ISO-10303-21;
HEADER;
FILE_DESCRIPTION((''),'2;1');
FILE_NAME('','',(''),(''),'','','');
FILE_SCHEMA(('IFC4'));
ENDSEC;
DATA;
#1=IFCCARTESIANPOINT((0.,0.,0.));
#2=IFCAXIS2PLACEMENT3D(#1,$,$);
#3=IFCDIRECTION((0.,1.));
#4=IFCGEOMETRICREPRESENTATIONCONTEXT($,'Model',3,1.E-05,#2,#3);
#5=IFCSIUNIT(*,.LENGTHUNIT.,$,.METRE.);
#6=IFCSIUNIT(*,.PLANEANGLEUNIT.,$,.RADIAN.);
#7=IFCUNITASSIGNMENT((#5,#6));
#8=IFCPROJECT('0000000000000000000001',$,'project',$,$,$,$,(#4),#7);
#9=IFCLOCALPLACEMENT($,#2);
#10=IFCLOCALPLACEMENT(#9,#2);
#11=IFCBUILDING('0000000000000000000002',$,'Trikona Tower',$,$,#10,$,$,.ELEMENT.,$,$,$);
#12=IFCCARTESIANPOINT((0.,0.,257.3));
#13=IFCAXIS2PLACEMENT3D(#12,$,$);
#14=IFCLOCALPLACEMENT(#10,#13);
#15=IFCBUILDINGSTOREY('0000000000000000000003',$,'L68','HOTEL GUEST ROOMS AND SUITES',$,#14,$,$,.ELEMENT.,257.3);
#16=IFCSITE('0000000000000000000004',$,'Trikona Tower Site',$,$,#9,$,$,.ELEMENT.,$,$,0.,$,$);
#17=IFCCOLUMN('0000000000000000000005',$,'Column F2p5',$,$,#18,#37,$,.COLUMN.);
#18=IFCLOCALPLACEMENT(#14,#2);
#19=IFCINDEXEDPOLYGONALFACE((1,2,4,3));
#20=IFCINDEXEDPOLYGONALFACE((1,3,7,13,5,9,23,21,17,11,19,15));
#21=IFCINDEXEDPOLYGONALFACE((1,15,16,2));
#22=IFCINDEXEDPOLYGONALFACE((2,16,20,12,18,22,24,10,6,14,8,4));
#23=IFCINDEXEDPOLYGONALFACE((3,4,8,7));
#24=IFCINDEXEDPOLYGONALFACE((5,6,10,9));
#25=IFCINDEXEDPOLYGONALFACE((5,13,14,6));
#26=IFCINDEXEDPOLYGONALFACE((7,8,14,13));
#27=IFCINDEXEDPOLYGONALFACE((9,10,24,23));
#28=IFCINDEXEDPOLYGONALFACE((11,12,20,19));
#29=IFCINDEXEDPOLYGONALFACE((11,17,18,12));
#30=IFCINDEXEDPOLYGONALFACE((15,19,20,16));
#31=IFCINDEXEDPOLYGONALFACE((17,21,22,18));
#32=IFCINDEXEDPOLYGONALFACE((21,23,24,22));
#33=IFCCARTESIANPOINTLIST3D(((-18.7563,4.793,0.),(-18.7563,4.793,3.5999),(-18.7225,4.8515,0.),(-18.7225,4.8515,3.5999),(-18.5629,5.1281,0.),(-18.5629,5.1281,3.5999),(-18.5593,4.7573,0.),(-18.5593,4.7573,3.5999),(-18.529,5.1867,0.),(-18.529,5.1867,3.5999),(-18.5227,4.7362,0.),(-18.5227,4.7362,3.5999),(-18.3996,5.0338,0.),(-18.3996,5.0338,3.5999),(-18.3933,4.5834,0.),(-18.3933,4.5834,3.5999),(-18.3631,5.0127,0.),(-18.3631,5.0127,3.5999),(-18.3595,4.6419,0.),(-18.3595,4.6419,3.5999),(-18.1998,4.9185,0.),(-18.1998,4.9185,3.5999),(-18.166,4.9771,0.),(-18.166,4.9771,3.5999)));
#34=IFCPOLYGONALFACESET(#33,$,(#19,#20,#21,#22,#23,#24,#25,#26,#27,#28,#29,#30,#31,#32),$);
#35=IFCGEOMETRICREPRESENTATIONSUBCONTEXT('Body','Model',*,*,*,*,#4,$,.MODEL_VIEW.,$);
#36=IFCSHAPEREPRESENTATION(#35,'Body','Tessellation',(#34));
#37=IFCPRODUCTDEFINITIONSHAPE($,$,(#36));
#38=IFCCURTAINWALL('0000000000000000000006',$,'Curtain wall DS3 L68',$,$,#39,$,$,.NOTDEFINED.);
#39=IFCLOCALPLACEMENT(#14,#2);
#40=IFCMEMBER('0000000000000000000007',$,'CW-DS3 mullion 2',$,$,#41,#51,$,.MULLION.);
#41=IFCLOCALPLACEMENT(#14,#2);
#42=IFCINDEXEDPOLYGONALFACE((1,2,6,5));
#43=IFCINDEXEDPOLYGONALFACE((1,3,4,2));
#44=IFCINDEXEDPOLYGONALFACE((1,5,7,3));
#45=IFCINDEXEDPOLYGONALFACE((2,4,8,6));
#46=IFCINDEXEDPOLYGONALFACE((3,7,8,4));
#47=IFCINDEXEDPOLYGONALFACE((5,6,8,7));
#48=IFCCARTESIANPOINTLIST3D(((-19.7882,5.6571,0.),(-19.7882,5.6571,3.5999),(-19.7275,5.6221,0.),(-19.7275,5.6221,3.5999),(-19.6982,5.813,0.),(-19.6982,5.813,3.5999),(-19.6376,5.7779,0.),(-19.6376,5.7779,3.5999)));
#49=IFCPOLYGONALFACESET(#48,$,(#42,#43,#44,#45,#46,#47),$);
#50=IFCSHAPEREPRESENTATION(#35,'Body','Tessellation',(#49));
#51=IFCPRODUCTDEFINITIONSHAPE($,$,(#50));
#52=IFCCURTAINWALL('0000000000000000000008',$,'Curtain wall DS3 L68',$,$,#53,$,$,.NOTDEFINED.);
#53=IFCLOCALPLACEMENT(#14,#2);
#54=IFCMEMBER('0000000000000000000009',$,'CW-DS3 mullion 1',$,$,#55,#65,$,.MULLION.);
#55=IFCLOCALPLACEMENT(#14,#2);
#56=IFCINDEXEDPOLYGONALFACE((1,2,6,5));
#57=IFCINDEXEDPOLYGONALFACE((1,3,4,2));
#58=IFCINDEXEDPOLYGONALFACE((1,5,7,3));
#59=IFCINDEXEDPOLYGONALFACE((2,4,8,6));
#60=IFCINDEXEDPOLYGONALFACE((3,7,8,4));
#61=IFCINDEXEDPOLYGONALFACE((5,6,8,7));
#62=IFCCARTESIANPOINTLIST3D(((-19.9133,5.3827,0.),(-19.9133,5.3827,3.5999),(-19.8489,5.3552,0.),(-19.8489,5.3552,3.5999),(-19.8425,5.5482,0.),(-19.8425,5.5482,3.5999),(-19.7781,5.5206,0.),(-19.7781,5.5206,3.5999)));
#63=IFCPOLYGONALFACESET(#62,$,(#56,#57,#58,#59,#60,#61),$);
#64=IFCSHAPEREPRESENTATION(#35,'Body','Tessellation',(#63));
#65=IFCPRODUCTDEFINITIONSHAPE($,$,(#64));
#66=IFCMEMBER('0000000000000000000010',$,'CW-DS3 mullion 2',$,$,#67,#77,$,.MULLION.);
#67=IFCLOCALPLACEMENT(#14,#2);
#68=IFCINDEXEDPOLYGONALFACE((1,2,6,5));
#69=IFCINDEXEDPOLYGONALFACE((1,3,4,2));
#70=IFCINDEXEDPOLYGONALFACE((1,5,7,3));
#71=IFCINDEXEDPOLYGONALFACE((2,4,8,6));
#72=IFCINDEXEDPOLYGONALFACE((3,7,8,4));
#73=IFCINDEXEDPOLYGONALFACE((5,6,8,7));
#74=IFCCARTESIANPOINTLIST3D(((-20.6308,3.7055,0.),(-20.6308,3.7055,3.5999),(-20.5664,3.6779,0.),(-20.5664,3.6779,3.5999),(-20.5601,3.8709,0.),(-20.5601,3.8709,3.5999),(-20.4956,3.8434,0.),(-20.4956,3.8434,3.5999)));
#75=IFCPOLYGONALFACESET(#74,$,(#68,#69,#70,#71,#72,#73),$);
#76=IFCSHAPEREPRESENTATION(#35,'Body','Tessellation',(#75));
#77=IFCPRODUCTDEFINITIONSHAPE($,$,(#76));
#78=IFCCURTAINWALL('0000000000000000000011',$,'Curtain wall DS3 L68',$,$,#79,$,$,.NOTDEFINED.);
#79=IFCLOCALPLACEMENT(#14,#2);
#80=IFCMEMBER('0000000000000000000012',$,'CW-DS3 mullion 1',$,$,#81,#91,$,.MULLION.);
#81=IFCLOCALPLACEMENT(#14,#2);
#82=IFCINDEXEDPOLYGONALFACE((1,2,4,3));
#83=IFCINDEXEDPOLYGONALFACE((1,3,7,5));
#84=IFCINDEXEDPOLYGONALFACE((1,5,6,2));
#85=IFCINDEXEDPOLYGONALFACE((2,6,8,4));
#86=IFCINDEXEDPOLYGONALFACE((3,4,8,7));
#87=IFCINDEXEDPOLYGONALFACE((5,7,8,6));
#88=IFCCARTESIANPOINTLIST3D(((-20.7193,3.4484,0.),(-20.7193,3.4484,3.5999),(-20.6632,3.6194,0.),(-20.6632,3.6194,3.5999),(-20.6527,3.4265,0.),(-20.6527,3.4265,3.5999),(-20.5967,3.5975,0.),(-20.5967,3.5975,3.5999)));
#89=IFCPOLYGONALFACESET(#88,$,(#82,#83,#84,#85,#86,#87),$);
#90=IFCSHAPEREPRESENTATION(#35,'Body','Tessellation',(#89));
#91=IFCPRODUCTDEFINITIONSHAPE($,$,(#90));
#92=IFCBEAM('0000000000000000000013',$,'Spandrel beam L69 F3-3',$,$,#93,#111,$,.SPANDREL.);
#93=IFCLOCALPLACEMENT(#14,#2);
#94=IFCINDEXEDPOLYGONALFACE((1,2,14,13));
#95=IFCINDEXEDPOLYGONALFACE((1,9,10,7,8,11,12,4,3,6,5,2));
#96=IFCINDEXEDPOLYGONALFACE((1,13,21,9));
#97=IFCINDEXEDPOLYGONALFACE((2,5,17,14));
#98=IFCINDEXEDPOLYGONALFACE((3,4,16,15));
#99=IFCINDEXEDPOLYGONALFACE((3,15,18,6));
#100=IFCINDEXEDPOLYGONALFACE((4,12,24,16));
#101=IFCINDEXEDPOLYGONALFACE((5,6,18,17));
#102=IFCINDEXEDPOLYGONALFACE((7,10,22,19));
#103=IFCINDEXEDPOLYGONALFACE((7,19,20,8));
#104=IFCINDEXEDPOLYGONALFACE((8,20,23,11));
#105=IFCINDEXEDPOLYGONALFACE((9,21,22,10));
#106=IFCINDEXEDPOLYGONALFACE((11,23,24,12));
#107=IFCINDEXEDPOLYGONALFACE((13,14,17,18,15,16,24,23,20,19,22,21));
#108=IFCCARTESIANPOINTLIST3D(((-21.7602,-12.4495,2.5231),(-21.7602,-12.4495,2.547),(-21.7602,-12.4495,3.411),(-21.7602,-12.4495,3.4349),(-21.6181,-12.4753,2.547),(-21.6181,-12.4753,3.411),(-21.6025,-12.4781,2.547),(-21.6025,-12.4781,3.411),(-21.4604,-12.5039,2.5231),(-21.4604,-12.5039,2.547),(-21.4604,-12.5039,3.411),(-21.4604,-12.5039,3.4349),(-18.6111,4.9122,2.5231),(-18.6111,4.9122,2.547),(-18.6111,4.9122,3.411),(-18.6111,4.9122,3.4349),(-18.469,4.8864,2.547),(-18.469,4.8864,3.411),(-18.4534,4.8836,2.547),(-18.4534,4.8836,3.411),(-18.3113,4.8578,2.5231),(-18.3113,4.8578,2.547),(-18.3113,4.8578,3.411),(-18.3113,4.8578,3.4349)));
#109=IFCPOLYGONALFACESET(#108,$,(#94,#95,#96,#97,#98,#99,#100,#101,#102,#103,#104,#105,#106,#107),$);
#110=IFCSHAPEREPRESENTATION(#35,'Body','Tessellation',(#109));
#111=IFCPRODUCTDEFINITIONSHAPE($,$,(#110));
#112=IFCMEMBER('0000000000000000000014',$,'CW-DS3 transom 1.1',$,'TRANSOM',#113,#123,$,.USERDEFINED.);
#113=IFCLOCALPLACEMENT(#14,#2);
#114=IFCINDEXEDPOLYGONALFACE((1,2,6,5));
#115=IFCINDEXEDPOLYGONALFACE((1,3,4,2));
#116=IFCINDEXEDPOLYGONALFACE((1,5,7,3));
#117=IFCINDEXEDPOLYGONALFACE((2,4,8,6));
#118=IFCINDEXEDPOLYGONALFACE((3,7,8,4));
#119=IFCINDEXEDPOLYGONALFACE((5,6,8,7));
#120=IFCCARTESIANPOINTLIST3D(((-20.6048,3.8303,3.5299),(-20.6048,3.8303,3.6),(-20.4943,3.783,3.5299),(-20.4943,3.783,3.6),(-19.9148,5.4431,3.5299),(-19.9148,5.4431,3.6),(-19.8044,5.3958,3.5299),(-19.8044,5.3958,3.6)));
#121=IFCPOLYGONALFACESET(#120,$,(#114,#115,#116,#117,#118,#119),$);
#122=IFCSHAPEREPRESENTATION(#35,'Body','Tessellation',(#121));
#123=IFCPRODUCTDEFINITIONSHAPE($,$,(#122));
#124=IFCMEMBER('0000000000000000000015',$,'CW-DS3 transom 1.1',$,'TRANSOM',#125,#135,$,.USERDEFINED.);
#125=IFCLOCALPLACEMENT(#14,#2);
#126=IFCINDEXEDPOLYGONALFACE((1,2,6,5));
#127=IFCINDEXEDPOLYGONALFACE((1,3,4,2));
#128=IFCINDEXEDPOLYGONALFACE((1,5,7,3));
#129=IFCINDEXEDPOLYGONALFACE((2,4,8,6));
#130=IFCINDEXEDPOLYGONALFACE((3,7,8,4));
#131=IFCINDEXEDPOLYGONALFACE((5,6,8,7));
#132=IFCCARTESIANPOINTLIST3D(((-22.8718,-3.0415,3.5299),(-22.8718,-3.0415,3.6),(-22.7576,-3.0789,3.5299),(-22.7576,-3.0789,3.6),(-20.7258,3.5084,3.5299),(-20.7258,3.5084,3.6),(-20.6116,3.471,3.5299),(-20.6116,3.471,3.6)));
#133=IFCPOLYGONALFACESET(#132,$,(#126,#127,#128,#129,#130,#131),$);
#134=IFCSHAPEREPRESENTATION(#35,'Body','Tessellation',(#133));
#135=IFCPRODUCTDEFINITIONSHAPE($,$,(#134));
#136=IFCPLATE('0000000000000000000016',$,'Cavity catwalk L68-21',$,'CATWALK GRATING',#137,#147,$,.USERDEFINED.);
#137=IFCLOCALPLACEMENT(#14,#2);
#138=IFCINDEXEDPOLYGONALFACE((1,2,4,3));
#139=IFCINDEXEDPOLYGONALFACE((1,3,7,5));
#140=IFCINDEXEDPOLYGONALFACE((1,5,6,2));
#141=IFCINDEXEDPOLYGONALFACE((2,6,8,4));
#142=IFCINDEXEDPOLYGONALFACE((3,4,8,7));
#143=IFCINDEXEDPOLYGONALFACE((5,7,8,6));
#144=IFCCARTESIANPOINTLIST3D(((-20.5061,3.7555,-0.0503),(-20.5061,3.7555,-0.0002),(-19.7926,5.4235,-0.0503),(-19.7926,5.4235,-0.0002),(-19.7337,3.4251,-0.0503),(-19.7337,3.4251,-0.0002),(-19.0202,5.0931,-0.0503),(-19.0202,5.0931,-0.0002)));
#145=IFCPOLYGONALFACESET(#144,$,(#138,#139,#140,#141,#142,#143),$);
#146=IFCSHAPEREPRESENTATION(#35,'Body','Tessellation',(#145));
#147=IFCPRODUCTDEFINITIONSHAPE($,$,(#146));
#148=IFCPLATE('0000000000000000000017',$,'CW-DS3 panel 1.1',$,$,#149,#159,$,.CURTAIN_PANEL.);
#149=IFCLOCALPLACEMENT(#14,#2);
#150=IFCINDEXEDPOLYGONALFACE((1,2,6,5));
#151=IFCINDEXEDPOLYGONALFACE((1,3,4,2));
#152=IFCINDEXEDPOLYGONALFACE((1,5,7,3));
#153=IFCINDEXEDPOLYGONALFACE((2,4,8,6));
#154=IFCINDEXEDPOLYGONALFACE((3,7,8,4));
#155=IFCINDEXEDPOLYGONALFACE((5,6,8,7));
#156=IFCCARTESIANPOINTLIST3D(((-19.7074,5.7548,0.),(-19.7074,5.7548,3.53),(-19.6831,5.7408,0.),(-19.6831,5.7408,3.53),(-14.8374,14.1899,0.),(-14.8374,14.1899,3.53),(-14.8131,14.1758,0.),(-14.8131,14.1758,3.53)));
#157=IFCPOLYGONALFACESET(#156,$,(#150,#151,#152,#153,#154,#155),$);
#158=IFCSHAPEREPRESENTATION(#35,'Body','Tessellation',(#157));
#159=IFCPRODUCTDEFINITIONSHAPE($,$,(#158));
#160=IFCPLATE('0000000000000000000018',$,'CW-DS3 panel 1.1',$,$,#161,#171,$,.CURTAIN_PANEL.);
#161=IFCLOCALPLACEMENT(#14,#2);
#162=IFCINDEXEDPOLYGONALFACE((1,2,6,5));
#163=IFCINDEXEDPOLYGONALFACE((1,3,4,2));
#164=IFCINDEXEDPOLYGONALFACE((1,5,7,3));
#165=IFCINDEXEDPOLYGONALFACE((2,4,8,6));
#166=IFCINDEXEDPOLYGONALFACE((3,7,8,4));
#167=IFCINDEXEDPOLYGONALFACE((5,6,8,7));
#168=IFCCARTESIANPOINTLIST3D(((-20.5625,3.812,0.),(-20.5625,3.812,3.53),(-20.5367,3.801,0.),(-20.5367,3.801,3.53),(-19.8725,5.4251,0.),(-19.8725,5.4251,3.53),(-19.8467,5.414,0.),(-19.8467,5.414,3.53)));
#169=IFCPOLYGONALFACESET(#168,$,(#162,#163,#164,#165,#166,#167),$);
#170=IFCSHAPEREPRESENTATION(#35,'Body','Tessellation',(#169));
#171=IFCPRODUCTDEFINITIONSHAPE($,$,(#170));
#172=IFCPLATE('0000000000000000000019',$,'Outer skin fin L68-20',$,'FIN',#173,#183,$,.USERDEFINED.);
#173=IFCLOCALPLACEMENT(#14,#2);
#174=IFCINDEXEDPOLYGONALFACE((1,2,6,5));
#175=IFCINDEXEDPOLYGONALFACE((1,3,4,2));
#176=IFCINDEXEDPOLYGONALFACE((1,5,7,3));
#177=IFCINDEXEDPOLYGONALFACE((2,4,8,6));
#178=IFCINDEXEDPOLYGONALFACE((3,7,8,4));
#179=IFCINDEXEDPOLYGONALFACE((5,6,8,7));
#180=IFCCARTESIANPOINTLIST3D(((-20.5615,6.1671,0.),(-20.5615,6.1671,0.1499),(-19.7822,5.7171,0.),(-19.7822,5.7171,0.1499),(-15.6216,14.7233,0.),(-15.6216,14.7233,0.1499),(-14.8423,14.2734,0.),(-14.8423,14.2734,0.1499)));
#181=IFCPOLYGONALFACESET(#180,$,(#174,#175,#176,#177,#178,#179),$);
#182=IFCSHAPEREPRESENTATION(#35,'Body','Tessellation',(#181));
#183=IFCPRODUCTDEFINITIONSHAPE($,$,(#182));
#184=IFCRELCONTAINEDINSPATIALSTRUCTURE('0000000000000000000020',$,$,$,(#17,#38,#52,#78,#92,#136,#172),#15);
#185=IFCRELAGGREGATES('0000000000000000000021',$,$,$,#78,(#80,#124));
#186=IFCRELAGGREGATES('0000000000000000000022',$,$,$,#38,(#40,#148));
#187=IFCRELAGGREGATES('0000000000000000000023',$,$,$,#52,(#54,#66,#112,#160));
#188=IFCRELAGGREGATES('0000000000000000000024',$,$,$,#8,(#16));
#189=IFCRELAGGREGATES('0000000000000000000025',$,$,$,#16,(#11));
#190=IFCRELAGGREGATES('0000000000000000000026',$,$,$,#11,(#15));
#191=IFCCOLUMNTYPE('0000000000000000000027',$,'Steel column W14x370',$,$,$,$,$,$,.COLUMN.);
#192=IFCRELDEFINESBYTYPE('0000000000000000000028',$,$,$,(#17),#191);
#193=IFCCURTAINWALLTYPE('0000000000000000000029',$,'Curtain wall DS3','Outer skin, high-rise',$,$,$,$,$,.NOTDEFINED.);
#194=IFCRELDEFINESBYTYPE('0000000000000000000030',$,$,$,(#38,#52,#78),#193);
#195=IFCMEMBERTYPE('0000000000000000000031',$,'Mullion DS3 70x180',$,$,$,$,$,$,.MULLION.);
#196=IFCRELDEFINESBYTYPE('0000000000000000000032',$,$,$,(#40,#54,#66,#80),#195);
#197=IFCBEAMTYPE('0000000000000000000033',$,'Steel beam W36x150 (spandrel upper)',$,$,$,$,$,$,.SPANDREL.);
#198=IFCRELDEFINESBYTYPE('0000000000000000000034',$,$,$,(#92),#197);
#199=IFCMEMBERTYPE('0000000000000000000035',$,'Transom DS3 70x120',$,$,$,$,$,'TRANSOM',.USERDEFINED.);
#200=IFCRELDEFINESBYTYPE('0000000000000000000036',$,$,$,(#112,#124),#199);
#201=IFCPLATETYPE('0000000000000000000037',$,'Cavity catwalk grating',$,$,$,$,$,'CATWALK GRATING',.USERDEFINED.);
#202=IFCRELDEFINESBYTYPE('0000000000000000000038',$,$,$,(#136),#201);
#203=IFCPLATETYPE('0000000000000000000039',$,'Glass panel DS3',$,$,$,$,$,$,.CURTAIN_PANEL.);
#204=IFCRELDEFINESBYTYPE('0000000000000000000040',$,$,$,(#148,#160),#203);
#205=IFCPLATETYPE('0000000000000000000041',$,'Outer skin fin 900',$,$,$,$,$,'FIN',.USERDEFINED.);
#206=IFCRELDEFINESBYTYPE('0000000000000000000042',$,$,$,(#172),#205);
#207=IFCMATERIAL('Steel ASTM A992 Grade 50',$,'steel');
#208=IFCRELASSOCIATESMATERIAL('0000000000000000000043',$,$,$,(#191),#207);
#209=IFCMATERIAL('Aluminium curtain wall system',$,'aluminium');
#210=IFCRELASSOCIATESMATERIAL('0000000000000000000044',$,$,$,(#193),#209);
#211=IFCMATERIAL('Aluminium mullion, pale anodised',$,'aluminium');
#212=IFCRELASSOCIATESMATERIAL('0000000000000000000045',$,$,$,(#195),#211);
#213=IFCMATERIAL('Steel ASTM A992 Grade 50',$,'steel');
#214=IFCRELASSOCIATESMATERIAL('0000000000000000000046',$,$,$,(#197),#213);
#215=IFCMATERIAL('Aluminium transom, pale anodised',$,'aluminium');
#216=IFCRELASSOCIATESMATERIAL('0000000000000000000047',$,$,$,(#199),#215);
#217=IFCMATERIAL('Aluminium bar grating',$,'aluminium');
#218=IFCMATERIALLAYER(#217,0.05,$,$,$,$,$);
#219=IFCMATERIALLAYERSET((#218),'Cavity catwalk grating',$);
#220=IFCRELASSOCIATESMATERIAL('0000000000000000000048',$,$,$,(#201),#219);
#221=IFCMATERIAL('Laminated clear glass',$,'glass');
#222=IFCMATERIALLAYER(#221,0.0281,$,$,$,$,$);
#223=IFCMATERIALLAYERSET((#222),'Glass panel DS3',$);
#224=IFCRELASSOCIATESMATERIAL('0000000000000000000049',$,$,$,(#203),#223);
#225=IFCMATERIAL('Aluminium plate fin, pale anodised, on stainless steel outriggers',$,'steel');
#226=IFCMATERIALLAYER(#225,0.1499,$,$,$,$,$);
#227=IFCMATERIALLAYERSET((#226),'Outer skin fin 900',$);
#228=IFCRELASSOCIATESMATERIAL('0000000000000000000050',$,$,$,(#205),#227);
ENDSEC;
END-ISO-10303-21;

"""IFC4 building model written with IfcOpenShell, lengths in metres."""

from ifc_helpers import new_model, si_unit, direction, frame, origin, origin_2d, place, context, subcontext, project, spatial, rectangle, i_section, extrude, material, layer, layer_set, material_profile, profile_set, type_object, element, aggregate, save


model = new_model("IFC4")

# Units and contexts
model_context = context("Model", 3, precision=1e-05, world=origin(), true_north=direction((0.0, 1.0)))
body_context = subcontext(model_context, "Body", "Model", "MODEL_VIEW")
ifc_project = project(units=[si_unit("LENGTHUNIT", "METRE"), si_unit("PLANEANGLEUNIT", "RADIAN")], contexts=[model_context])

# Site, building, storey
site_placement = place(None, origin())
site = spatial("IfcSite", under=ifc_project, at=site_placement, Name="Trikona Tower Site", CompositionType="ELEMENT", RefElevation=0.0)
building_placement = place(site_placement, origin())
building = spatial("IfcBuilding", under=site, at=building_placement, Name="Trikona Tower", CompositionType="ELEMENT")
storey_placement = place(building_placement, frame((0.0, 0.0, 257.3)))
storey = spatial("IfcBuildingStorey", under=building, at=storey_placement, Name="L68", Description="HOTEL GUEST ROOMS AND SUITES", CompositionType="ELEMENT", Elevation=257.3)

# Column
ifc_material_1 = material(Name="Steel ASTM A992 Grade 50", Category="steel")
ifc_material_profile_1 = material_profile(ifc_material_1, i_section(OverallWidth=0.4192, OverallDepth=0.4546, WebThickness=0.0422, FlangeThickness=0.0676, at=origin_2d()), Name="W14X370")
ifc_profile_set_1 = profile_set([ifc_material_profile_1], Name="Steel ASTM A992 Grade 50")
column_type = type_object("IfcColumnType", Name="Steel column W14x370", PredefinedType="COLUMN", material=ifc_profile_set_1)
column_placement = place(storey_placement, frame((-18.4612, 4.885, 0.0), z_axis=(0.0, 0.0, 1.0), x_axis=(-0.866025, 0.5, 0.0)))
element("IfcColumn", 1, at=column_placement, inside=storey, type_object=column_type, Name="Column F2p5", PredefinedType="COLUMN", context=body_context, shape_type="SweptSolid", body=[
    extrude(i_section(OverallWidth=0.4192, OverallDepth=0.4546, WebThickness=0.0422, FlangeThickness=0.0676, at=origin_2d()), origin(), (0.0, 0.0, 1.0), 3.5999),
])

# Curtain wall, member
ifc_material_2 = material(Name="Aluminium curtain wall system", Category="aluminium")
curtain_wall_type = type_object("IfcCurtainWallType", Name="Curtain wall DS3", Description="Outer skin, high-rise", PredefinedType="NOTDEFINED", material=ifc_material_2)
curtain_wall_1_placement = place(storey_placement, origin())
curtain_wall_1 = element("IfcCurtainWall", 2, at=curtain_wall_1_placement, inside=storey, type_object=curtain_wall_type, Name="Curtain wall DS3 L68", PredefinedType="NOTDEFINED")
ifc_material_3 = material(Name="Aluminium mullion, pale anodised", Category="aluminium")
ifc_material_profile_2 = material_profile(ifc_material_3, rectangle(XDim=0.0701, YDim=0.1799, at=origin_2d()), Name="MUL-DS3")
ifc_profile_set_2 = profile_set([ifc_material_profile_2], Name="Aluminium mullion, pale anodised")
member_type_1 = type_object("IfcMemberType", Name="Mullion DS3 70x180", PredefinedType="MULLION", material=ifc_profile_set_2)
member_1_placement = place(storey_placement, frame((-19.7129, 5.7175, 0.0), z_axis=(0.0, 0.0, 1.0), x_axis=(0.866025, -0.500001, 0.0)))
member_1 = element("IfcMember", 3, at=member_1_placement, type_object=member_type_1, Name="CW-DS3 mullion 2", PredefinedType="MULLION", context=body_context, shape_type="SweptSolid", body=[
    extrude(rectangle(XDim=0.0701, YDim=0.1799, at=origin_2d()), origin(), (0.0, 0.0, 1.0), 3.5999),
])

# Curtain wall, members
curtain_wall_2_placement = place(storey_placement, origin())
curtain_wall_2 = element("IfcCurtainWall", 4, at=curtain_wall_2_placement, inside=storey, type_object=curtain_wall_type, Name="Curtain wall DS3 L68", PredefinedType="NOTDEFINED")
member_2_placement = place(storey_placement, frame((-19.8457, 5.4517, 0.0), z_axis=(0.0, 0.0, 1.0), x_axis=(0.919421, -0.393276, 0.0)))
member_2 = element("IfcMember", 5, at=member_2_placement, type_object=member_type_1, Name="CW-DS3 mullion 1", PredefinedType="MULLION", context=body_context, shape_type="SweptSolid", body=[
    extrude(rectangle(XDim=0.0701, YDim=0.1799, at=origin_2d()), origin(), (0.0, 0.0, 1.0), 3.5999),
])
member_3_placement = place(storey_placement, frame((-20.5632, 3.7744, 0.0), z_axis=(0.0, 0.0, 1.0), x_axis=(0.919421, -0.393276, 0.0)))
member_3 = element("IfcMember", 6, at=member_3_placement, type_object=member_type_1, Name="CW-DS3 mullion 2", PredefinedType="MULLION", context=body_context, shape_type="SweptSolid", body=[
    extrude(rectangle(XDim=0.0701, YDim=0.1799, at=origin_2d()), origin(), (0.0, 0.0, 1.0), 3.5999),
])

# Curtain wall, member
curtain_wall_3_placement = place(storey_placement, origin())
curtain_wall_3 = element("IfcCurtainWall", 7, at=curtain_wall_3_placement, inside=storey, type_object=curtain_wall_type, Name="Curtain wall DS3 L68", PredefinedType="NOTDEFINED")
member_4_placement = place(storey_placement, frame((-20.658, 3.5229, 0.0), z_axis=(0.0, 0.0, 1.0), x_axis=(0.950297, -0.311344, 0.0)))
member_4 = element("IfcMember", 8, at=member_4_placement, type_object=member_type_1, Name="CW-DS3 mullion 1", PredefinedType="MULLION", context=body_context, shape_type="SweptSolid", body=[
    extrude(rectangle(XDim=0.0701, YDim=0.1799, at=origin_2d()), origin(), (0.0, 0.0, 1.0), 3.5999),
])

# Beam
ifc_material_4 = material(Name="Steel ASTM A992 Grade 50", Category="steel")
ifc_material_profile_3 = material_profile(ifc_material_4, i_section(OverallWidth=0.3047, OverallDepth=0.9119, WebThickness=0.0159, FlangeThickness=0.0239, at=origin_2d()), Name="W36X150")
ifc_profile_set_3 = profile_set([ifc_material_profile_3], Name="Steel ASTM A992 Grade 50")
beam_type = type_object("IfcBeamType", Name="Steel beam W36x150 (spandrel upper)", PredefinedType="SPANDREL", material=ifc_profile_set_3)
beam_placement = place(storey_placement, frame((-18.4612, 4.885, 2.979), z_axis=(-0.178473, -0.983945, 0.0), x_axis=(0.983945, -0.178473, 0.0)))
element("IfcBeam", 9, at=beam_placement, inside=storey, type_object=beam_type, Name="Spandrel beam L69 F3-3", PredefinedType="SPANDREL", context=body_context, shape_type="SweptSolid", body=[
    extrude(i_section(OverallWidth=0.3047, OverallDepth=0.9119, WebThickness=0.0159, FlangeThickness=0.0239, at=origin_2d()), origin(), (0.0, 0.0, 1.0), 17.645),
])

# Members
ifc_material_5 = material(Name="Aluminium transom, pale anodised", Category="aluminium")
ifc_material_profile_4 = material_profile(ifc_material_5, rectangle(XDim=0.1201, YDim=0.0701, at=origin_2d()), Name="TRN-DS3")
ifc_profile_set_4 = profile_set([ifc_material_profile_4], Name="Aluminium transom, pale anodised")
member_type_2 = type_object("IfcMemberType", Name="Transom DS3 70x120", ElementType="TRANSOM", PredefinedType="USERDEFINED", material=ifc_profile_set_4)
member_5_placement = place(storey_placement, frame((-19.8596, 5.4194, 3.5649), z_axis=(-0.393315, -0.919404, 0.0), x_axis=(0.919404, -0.393315, 0.0)))
member_5 = element("IfcMember", 10, at=member_5_placement, type_object=member_type_2, Name="CW-DS3 transom 1.1", ObjectType="TRANSOM", PredefinedType="USERDEFINED", context=body_context, shape_type="SweptSolid", body=[
    extrude(rectangle(XDim=0.1201, YDim=0.0701, at=origin_2d()), origin(), (0.0, 0.0, 1.0), 1.7542),
])
member_6_placement = place(storey_placement, frame((-20.6687, 3.4897, 3.5649), z_axis=(-0.311346, -0.950297, 0.0), x_axis=(0.950297, -0.311346, 0.0)))
member_6 = element("IfcMember", 11, at=member_6_placement, type_object=member_type_2, Name="CW-DS3 transom 1.1", ObjectType="TRANSOM", PredefinedType="USERDEFINED", context=body_context, shape_type="SweptSolid", body=[
    extrude(rectangle(XDim=0.1201, YDim=0.0701, at=origin_2d()), origin(), (0.0, 0.0, 1.0), 6.8926),
])
aggregate(curtain_wall_3, [member_4, member_6])

# Plates
ifc_material_6 = material(Name="Aluminium bar grating", Category="aluminium")
ifc_layer_1 = layer(ifc_material_6, 0.05)
ifc_layer_set_1 = layer_set([ifc_layer_1], Name="Cavity catwalk grating")
plate_type_1 = type_object("IfcPlateType", Name="Cavity catwalk grating", ElementType="CATWALK GRATING", PredefinedType="USERDEFINED", material=ifc_layer_set_1)
plate_1_placement = place(storey_placement, frame((-19.7632, 4.4243, -0.0503), z_axis=(0.0, 0.0, 1.0), x_axis=(-0.393284, -0.919417, 0.0)))
element("IfcPlate", 12, at=plate_1_placement, inside=storey, type_object=plate_type_1, Name="Cavity catwalk L68-21", ObjectType="CATWALK GRATING", PredefinedType="USERDEFINED", context=body_context, shape_type="SweptSolid", body=[
    extrude(rectangle(XDim=1.8142, YDim=0.8401, at=origin_2d()), origin(), (0.0, 0.0, 1.0), 0.05),
])
ifc_material_7 = material(Name="Laminated clear glass", Category="glass")
ifc_layer_2 = layer(ifc_material_7, 0.0281)
ifc_layer_set_2 = layer_set([ifc_layer_2], Name="Glass panel DS3")
plate_type_2 = type_object("IfcPlateType", Name="Glass panel DS3", PredefinedType="CURTAIN_PANEL", material=ifc_layer_set_2)
plate_2_placement = place(storey_placement, frame((-17.2603, 9.9653, 0.0), z_axis=(0.0, 0.0, 1.0), x_axis=(-0.500001, -0.866025, 0.0)))
plate_2 = element("IfcPlate", 13, at=plate_2_placement, type_object=plate_type_2, Name="CW-DS3 panel 1.1", PredefinedType="CURTAIN_PANEL", context=body_context, shape_type="SweptSolid", body=[
    extrude(rectangle(XDim=9.74, YDim=0.0281, at=origin_2d()), origin(), (0.0, 0.0, 1.0), 3.53),
])
aggregate(curtain_wall_1, [member_1, plate_2])
plate_3_placement = place(storey_placement, frame((-20.2046, 4.613, 0.0), z_axis=(0.0, 0.0, 1.0), x_axis=(-0.393276, -0.919421, 0.0)))
plate_3 = element("IfcPlate", 14, at=plate_3_placement, type_object=plate_type_2, Name="CW-DS3 panel 1.1", PredefinedType="CURTAIN_PANEL", context=body_context, shape_type="SweptSolid", body=[
    extrude(rectangle(XDim=1.7544, YDim=0.0281, at=origin_2d()), origin(), (0.0, 0.0, 1.0), 3.53),
])
aggregate(curtain_wall_2, [member_2, member_3, member_5, plate_3])

# Plate
ifc_material_8 = material(Name="Aluminium plate fin, pale anodised, on stainless steel outriggers", Category="steel")
ifc_layer_3 = layer(ifc_material_8, 0.1499)
ifc_layer_set_3 = layer_set([ifc_layer_3], Name="Outer skin fin 900")
plate_type_3 = type_object("IfcPlateType", Name="Outer skin fin 900", ElementType="FIN", PredefinedType="USERDEFINED", material=ifc_layer_set_3)
plate_4_placement = place(storey_placement, frame((-17.7019, 10.2202, 0.0), z_axis=(0.0, 0.0, 1.0), x_axis=(-0.499998, -0.866026, 0.0)))
element("IfcPlate", 15, at=plate_4_placement, inside=storey, type_object=plate_type_3, Name="Outer skin fin L68-20", ObjectType="FIN", PredefinedType="USERDEFINED", context=body_context, shape_type="SweptSolid", body=[
    extrude(rectangle(XDim=9.8799, YDim=0.8999, at=origin_2d()), origin(), (0.0, 0.0, 1.0), 0.1499),
])

save(model, "model.ifc")
